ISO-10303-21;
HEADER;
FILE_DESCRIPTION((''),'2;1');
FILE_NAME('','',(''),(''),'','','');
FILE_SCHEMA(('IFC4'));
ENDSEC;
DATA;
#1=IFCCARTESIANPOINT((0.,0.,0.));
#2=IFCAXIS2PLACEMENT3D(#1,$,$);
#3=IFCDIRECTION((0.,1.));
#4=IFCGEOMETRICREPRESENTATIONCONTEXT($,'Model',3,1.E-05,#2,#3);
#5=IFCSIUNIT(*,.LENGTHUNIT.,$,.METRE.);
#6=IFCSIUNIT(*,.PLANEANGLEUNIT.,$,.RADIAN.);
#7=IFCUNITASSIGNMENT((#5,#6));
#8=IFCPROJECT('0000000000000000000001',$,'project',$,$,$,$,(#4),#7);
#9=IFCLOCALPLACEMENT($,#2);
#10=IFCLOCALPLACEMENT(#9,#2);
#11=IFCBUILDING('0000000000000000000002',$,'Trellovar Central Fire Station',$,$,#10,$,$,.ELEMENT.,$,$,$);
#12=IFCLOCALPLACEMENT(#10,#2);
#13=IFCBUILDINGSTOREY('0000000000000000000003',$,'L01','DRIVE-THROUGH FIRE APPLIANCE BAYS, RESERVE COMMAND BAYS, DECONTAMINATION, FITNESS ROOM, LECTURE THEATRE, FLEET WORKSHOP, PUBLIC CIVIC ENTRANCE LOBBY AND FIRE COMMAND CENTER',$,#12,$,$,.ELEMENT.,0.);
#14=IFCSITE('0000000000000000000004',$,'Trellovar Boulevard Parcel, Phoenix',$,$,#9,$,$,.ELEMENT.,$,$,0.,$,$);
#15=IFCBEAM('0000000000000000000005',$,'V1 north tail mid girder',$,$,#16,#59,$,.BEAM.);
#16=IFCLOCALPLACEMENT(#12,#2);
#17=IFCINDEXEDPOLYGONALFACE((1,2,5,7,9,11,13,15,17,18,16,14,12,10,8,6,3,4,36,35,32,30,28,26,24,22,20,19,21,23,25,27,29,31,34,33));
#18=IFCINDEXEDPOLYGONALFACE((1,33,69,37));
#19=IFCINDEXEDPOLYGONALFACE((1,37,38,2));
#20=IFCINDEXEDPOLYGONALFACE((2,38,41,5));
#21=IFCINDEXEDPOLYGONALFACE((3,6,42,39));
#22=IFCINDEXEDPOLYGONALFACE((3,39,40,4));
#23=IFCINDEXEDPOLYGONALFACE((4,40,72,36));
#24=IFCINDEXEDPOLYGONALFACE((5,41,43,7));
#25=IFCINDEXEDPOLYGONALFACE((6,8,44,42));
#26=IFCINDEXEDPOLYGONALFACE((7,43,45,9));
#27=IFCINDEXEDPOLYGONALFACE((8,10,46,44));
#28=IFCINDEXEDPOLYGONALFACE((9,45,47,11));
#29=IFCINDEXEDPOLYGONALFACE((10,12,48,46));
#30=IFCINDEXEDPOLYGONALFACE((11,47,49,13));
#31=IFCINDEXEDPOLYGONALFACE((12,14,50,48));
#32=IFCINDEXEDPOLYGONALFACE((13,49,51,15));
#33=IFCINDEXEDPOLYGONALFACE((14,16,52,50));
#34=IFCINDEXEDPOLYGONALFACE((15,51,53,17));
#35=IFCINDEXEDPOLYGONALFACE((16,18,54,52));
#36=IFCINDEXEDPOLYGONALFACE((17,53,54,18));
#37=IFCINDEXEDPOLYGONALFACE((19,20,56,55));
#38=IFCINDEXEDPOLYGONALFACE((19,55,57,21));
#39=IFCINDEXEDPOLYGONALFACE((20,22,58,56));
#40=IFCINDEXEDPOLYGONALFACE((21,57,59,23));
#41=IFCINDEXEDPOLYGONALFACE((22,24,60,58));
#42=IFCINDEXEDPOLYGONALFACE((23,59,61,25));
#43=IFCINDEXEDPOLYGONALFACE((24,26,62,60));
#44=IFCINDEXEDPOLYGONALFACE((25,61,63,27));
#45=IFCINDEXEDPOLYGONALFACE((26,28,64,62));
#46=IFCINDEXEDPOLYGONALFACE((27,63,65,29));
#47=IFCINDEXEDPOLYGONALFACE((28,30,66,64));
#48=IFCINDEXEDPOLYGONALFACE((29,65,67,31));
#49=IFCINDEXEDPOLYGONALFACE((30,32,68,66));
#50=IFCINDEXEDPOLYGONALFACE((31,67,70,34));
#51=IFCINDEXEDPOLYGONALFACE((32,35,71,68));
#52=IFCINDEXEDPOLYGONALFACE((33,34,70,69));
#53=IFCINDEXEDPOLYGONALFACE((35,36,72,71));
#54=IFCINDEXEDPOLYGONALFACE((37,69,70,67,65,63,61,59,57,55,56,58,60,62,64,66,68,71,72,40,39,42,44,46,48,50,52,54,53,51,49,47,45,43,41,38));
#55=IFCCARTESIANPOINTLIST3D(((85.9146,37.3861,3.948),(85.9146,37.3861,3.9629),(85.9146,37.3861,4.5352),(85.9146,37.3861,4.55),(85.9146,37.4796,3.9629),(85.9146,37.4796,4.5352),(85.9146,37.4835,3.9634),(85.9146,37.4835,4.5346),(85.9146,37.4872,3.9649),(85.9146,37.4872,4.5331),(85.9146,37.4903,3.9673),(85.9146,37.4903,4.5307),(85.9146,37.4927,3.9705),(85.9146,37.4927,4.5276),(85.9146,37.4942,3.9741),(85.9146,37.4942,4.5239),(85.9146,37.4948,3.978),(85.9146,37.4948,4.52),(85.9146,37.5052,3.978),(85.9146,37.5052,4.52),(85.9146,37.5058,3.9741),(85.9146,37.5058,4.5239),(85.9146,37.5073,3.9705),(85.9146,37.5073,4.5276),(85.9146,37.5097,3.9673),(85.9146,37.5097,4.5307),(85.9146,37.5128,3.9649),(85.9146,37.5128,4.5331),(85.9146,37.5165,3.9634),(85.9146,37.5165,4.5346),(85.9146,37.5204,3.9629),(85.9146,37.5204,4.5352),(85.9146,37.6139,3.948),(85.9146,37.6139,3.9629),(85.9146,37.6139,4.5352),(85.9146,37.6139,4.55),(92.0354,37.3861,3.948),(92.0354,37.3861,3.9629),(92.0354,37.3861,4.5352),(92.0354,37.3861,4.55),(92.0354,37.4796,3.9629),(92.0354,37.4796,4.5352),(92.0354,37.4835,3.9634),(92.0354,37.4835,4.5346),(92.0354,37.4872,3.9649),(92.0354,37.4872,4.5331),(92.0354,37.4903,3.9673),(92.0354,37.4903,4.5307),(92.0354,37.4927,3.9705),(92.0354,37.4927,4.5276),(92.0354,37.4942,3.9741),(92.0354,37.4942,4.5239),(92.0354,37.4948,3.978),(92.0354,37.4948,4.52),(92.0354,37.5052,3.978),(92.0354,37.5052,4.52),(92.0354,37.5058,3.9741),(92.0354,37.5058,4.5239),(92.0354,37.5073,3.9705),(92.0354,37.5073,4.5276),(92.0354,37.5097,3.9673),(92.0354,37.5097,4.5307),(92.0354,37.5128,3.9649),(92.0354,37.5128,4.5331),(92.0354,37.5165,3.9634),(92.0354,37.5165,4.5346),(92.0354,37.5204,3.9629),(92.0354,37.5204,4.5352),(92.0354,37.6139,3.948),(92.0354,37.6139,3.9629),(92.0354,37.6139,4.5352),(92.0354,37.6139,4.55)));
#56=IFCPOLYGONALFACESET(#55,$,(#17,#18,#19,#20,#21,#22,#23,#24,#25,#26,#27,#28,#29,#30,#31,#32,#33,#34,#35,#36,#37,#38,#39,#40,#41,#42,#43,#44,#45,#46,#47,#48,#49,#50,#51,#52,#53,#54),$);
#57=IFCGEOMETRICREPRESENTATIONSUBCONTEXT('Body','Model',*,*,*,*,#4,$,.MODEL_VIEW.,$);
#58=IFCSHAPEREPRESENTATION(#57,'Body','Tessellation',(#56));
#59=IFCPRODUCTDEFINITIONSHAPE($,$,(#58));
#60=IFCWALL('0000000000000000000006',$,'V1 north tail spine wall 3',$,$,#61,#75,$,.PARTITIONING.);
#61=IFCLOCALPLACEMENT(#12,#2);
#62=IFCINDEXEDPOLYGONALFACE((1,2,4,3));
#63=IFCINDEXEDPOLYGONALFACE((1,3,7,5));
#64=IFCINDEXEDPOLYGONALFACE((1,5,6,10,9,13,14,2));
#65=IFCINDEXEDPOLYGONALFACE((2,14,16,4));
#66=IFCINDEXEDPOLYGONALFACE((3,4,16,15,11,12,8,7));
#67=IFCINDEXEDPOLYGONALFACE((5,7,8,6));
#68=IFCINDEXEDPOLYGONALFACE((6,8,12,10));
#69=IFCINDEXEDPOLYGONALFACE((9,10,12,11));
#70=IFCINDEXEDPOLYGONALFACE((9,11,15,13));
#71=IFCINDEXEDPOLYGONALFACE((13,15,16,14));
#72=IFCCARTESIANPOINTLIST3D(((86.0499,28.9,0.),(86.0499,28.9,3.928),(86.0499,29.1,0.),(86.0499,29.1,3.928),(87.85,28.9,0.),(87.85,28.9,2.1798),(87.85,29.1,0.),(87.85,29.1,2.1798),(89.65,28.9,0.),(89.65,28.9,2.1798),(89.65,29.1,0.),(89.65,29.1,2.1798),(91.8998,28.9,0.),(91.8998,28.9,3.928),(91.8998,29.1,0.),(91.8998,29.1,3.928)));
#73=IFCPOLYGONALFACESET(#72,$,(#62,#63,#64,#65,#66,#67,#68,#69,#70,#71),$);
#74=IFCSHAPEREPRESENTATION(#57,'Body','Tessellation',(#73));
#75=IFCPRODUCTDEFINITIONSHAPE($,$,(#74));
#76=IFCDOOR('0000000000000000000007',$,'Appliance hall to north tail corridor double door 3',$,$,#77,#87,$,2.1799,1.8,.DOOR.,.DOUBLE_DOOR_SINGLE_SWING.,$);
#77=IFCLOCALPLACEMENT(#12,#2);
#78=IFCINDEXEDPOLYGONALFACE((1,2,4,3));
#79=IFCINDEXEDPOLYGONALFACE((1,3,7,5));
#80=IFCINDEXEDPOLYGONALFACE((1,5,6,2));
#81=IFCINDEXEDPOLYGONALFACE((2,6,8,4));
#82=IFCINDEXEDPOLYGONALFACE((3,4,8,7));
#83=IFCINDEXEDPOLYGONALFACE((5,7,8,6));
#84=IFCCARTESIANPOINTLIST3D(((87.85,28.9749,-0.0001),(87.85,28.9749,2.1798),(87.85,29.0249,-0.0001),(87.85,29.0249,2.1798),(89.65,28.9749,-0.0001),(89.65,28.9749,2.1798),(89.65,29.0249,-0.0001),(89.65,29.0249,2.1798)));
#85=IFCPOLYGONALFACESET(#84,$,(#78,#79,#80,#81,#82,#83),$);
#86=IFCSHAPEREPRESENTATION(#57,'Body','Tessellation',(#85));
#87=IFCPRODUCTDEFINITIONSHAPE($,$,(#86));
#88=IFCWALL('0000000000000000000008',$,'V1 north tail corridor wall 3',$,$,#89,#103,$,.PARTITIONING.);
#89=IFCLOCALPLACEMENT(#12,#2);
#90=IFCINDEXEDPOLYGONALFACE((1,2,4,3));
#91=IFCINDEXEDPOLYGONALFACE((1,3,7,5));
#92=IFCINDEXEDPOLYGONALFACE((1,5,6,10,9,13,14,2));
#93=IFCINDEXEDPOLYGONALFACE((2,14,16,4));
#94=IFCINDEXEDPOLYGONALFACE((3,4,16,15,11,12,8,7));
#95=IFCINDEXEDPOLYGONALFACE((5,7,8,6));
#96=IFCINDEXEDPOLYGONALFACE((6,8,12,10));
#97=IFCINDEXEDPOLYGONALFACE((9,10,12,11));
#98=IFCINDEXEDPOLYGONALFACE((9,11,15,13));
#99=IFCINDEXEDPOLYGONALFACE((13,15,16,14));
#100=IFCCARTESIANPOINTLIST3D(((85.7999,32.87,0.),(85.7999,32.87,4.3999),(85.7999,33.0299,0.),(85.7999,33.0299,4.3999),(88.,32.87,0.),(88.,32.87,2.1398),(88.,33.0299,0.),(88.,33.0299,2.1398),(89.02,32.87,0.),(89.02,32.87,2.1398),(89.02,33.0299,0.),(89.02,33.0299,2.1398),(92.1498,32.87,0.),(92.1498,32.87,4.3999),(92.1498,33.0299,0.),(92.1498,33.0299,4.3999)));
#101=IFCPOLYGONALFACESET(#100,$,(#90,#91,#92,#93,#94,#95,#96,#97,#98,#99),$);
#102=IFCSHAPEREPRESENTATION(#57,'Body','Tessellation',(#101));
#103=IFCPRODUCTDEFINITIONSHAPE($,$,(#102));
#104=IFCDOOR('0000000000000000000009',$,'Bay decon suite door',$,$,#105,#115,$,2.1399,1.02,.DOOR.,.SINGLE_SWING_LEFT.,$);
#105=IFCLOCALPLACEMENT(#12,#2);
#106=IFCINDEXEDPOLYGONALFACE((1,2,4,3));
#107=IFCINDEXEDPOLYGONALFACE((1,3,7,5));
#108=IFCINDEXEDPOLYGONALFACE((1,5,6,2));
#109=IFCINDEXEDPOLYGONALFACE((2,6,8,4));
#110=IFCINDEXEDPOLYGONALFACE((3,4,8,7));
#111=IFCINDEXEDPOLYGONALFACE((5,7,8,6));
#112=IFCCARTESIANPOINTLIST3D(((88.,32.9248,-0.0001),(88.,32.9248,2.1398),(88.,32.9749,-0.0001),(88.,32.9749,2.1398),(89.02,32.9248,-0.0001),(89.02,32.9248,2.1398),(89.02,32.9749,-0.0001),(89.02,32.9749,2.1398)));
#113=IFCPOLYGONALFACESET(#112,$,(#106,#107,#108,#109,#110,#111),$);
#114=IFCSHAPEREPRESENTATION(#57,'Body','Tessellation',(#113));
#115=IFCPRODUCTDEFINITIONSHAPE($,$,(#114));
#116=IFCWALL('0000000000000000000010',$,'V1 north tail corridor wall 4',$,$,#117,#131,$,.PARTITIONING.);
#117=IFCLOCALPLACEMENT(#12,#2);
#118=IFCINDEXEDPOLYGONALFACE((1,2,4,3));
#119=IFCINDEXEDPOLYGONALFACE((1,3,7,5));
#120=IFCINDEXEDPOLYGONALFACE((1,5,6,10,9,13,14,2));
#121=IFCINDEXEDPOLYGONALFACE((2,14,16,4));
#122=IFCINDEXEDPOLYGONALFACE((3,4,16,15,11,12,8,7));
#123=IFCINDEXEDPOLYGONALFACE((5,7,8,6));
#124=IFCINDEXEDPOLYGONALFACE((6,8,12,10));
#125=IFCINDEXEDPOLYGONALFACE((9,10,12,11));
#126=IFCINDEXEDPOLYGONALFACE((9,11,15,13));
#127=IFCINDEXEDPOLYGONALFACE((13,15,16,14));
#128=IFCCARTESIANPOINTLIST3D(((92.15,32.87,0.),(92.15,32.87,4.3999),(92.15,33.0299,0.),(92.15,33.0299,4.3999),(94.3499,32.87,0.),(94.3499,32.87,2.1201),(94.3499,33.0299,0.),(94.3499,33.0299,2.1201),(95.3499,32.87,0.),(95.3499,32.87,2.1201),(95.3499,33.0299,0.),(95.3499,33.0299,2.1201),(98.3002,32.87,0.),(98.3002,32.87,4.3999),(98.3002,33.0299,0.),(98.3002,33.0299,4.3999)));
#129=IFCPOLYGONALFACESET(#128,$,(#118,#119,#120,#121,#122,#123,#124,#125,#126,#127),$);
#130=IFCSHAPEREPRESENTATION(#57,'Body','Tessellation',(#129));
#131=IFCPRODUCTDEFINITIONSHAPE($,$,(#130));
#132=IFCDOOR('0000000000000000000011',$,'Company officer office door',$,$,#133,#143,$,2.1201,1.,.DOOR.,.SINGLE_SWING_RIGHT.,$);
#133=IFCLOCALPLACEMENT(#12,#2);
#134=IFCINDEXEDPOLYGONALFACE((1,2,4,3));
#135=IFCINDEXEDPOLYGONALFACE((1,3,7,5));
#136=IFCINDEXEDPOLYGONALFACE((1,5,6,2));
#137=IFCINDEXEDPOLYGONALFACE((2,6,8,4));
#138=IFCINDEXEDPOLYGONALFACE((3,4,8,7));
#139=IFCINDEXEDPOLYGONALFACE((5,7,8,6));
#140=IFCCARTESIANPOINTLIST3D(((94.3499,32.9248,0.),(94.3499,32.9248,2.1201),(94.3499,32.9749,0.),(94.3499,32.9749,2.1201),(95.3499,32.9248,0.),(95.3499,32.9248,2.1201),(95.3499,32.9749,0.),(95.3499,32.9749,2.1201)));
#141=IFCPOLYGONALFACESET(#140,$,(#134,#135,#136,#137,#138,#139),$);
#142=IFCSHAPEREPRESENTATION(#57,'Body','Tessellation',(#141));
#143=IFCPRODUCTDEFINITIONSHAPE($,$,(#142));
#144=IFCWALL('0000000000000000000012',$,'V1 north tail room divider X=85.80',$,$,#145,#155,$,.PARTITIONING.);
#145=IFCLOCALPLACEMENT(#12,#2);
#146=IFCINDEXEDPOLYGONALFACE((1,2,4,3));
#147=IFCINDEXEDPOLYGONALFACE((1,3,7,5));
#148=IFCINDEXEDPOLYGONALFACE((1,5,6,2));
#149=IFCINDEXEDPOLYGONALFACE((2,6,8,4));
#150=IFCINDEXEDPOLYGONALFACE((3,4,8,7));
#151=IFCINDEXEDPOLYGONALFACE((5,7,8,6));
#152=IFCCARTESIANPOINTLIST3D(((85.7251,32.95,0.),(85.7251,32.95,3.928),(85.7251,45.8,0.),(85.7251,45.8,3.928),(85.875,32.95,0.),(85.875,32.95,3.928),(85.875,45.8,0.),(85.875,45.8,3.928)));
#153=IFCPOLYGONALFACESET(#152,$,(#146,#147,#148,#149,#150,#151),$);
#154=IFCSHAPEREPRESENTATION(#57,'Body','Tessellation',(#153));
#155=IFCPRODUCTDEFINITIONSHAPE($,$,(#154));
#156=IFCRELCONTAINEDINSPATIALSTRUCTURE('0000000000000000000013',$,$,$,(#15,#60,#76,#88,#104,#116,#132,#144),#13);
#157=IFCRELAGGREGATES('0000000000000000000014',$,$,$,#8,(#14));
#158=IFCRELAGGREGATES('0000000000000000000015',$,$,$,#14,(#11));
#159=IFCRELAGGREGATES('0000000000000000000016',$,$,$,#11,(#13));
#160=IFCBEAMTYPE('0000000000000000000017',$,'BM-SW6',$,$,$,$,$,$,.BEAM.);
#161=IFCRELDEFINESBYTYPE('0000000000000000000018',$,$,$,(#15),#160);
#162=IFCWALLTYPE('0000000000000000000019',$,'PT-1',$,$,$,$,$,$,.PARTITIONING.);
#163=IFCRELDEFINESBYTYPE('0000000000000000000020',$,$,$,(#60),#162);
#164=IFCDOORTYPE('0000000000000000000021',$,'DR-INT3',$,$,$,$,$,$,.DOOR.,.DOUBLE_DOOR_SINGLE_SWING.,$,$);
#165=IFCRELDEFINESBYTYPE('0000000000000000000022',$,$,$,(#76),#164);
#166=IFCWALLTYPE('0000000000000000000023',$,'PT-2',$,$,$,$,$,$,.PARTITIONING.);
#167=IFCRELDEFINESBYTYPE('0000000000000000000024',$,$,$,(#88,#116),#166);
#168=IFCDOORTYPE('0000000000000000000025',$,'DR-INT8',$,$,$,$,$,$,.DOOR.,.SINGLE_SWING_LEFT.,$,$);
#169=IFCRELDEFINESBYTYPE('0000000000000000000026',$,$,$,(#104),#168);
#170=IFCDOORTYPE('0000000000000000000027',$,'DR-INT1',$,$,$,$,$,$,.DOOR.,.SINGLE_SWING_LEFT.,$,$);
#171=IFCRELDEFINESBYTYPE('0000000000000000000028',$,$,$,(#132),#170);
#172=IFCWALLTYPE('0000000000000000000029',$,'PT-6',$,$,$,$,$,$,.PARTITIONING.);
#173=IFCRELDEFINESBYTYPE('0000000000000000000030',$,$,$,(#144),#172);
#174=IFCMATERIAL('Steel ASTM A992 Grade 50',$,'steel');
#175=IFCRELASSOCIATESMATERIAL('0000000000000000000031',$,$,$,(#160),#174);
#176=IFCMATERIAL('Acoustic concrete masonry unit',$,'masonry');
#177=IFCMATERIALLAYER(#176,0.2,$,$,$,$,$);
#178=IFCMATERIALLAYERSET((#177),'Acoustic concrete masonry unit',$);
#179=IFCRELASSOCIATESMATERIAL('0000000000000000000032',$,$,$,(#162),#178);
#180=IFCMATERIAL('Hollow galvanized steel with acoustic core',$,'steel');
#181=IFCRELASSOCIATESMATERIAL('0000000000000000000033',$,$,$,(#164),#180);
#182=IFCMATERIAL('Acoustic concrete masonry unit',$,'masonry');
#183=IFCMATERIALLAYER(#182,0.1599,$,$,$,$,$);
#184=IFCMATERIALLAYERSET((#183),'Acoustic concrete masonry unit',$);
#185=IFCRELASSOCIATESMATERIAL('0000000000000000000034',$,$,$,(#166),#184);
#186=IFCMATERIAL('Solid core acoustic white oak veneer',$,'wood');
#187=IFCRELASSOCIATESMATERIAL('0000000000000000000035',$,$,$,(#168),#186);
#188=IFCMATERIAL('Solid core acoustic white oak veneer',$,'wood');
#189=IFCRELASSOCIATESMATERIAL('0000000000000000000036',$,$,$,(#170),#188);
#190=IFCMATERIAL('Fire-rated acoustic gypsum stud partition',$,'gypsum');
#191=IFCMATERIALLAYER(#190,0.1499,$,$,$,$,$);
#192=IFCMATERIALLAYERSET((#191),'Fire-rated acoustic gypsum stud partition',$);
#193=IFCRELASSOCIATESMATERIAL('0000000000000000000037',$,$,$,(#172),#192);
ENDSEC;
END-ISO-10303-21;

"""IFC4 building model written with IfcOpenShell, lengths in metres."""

from ifc_helpers import new_model, si_unit, direction, frame, frame_2d, origin, origin_2d, place, context, subcontext, project, spatial, rectangle, i_section, extrude, material, layer, layer_set, material_profile, profile_set, type_object, element, fill, save


model = new_model("IFC4")

# Units and contexts
model_context = context("Model", 3, precision=1e-05, world=origin(), true_north=direction((0.0, 1.0)))
body_context = subcontext(model_context, "Body", "Model", "MODEL_VIEW")
ifc_project = project(units=[si_unit("LENGTHUNIT", "METRE"), si_unit("PLANEANGLEUNIT", "RADIAN")], contexts=[model_context])

# Site, building, storey
site_placement = place(None, origin())
site = spatial("IfcSite", under=ifc_project, at=site_placement, Name="Trellovar Boulevard Parcel, Phoenix", CompositionType="ELEMENT", RefElevation=0.0)
building_placement = place(site_placement, origin())
building = spatial("IfcBuilding", under=site, at=building_placement, Name="Trellovar Central Fire Station", CompositionType="ELEMENT")
storey_placement = place(building_placement, origin())
storey = spatial("IfcBuildingStorey", under=building, at=storey_placement, Name="L01", Description="DRIVE-THROUGH FIRE APPLIANCE BAYS, RESERVE COMMAND BAYS, DECONTAMINATION, FITNESS ROOM, LECTURE THEATRE, FLEET WORKSHOP, PUBLIC CIVIC ENTRANCE LOBBY AND FIRE COMMAND CENTER", CompositionType="ELEMENT", Elevation=0.0)

# Beam
ifc_material_1 = material(Name="Steel ASTM A992 Grade 50", Category="steel")
ifc_material_profile_1 = material_profile(ifc_material_1, i_section(OverallWidth=0.2278, OverallDepth=0.6021, WebThickness=0.0105, FlangeThickness=0.0149, FilletRadius=0.0151, at=origin_2d()), Name="W24X68")
ifc_profile_set_1 = profile_set([ifc_material_profile_1], Name="Steel ASTM A992 Grade 50")
beam_type_1 = type_object("IfcBeamType", Name="BM-SW6", PredefinedType="BEAM", material=ifc_profile_set_1)
beam_1_placement = place(storey_placement, frame((85.9146, 37.5, 4.249), z_axis=(1.0, 0.0, 0.0), x_axis=(0.0, 1.0, 0.0)))
element("IfcBeam", 1, at=beam_1_placement, inside=storey, type_object=beam_type_1, Name="V1 north tail mid girder", PredefinedType="BEAM", context=body_context, shape_type="SweptSolid", body=[
    extrude(i_section(OverallWidth=0.2278, OverallDepth=0.6021, WebThickness=0.0105, FlangeThickness=0.0149, FilletRadius=0.0151, at=origin_2d()), origin(), (0.0, 0.0, 1.0), 6.1208),
])

# Walls, openings, doors
ifc_material_2 = material(Name="Acoustic concrete masonry unit", Category="masonry")
ifc_layer_1 = layer(ifc_material_2, 0.2)
ifc_layer_set_1 = layer_set([ifc_layer_1], Name="Acoustic concrete masonry unit")
wall_type_1 = type_object("IfcWallType", Name="PT-1", PredefinedType="PARTITIONING", material=ifc_layer_set_1)
wall_1_placement = place(storey_placement, frame((86.05, 29.0, 0.0), z_axis=(0.0, 0.0, 1.0), x_axis=(1.0, 0.0, 0.0)))
wall_1 = element("IfcWall", 2, at=wall_1_placement, inside=storey, type_object=wall_type_1, Name="V1 north tail spine wall 3", PredefinedType="PARTITIONING", context=body_context, shape_type="SweptSolid", body=[
    extrude(rectangle(XDim=5.8499, YDim=0.2, at=frame_2d((2.9248, 0.0))), origin(), (0.0, 0.0, 1.0), 3.928),
])
opening_1_placement = place(wall_1_placement, frame((1.8, 0.0, 0.0)))
opening_1 = element("IfcOpeningElement", 3, at=opening_1_placement, cuts=wall_1, PredefinedType="OPENING", context=body_context, shape_type="SweptSolid", body=[
    extrude(rectangle(XDim=1.8, YDim=2.1799, at=frame_2d((0.8999, 1.0898))), frame((0.0, 0.1099, 0.0), z_axis=(0.0, -1.0, 0.0), x_axis=(1.0, 0.0, 0.0)), (0.0, 0.0, 1.0), 0.22),
])
ifc_material_3 = material(Name="Hollow galvanized steel with acoustic core", Category="steel")
door_type_1 = type_object("IfcDoorType", Name="DR-INT3", OperationType="DOUBLE_DOOR_SINGLE_SWING", PredefinedType="DOOR", material=ifc_material_3)
door_1_placement = place(opening_1_placement, origin())
door_1 = element("IfcDoor", 4, at=door_1_placement, inside=storey, type_object=door_type_1, Name="Appliance hall to north tail corridor double door 3", OperationType="DOUBLE_DOOR_SINGLE_SWING", OverallHeight=2.1799, OverallWidth=1.8, PredefinedType="DOOR", context=body_context, shape_type="SweptSolid", body=[
    extrude(rectangle(XDim=1.8, YDim=2.1799, at=frame_2d((0.8999, 1.0898))), frame((0.0, 0.0249, 0.0), z_axis=(0.0, -1.0, 0.0), x_axis=(1.0, 0.0, 0.0)), (0.0, 0.0, 1.0), 0.05),
])
fill(opening_1, door_1)
ifc_material_4 = material(Name="Acoustic concrete masonry unit", Category="masonry")
ifc_layer_2 = layer(ifc_material_4, 0.1599)
ifc_layer_set_2 = layer_set([ifc_layer_2], Name="Acoustic concrete masonry unit")
wall_type_2 = type_object("IfcWallType", Name="PT-2", PredefinedType="PARTITIONING", material=ifc_layer_set_2)
wall_2_placement = place(storey_placement, frame((85.8, 32.95, 0.0), z_axis=(0.0, 0.0, 1.0), x_axis=(1.0, 0.0, 0.0)))
wall_2 = element("IfcWall", 5, at=wall_2_placement, inside=storey, type_object=wall_type_2, Name="V1 north tail corridor wall 3", PredefinedType="PARTITIONING", context=body_context, shape_type="SweptSolid", body=[
    extrude(rectangle(XDim=6.3499, YDim=0.1599, at=frame_2d((3.1748, 0.0))), origin(), (0.0, 0.0, 1.0), 4.3999),
])
opening_2_placement = place(wall_2_placement, frame((2.2, 0.0, 0.0)))
opening_2 = element("IfcOpeningElement", 6, at=opening_2_placement, cuts=wall_2, PredefinedType="OPENING", context=body_context, shape_type="SweptSolid", body=[
    extrude(rectangle(XDim=1.02, YDim=2.1399, at=frame_2d((0.51, 1.0698))), frame((0.0, 0.0898, 0.0), z_axis=(0.0, -1.0, 0.0), x_axis=(1.0, 0.0, 0.0)), (0.0, 0.0, 1.0), 0.1799),
])
ifc_material_5 = material(Name="Solid core acoustic white oak veneer", Category="wood")
door_type_2 = type_object("IfcDoorType", Name="DR-INT8", OperationType="SINGLE_SWING_LEFT", PredefinedType="DOOR", material=ifc_material_5)
door_2_placement = place(opening_2_placement, origin())
door_2 = element("IfcDoor", 7, at=door_2_placement, inside=storey, type_object=door_type_2, Name="Bay decon suite door", OperationType="SINGLE_SWING_LEFT", OverallHeight=2.1399, OverallWidth=1.02, PredefinedType="DOOR", context=body_context, shape_type="SweptSolid", body=[
    extrude(rectangle(XDim=1.02, YDim=2.1399, at=frame_2d((0.51, 1.0698))), frame((0.0, 0.0249, 0.0), z_axis=(0.0, -1.0, 0.0), x_axis=(1.0, 0.0, 0.0)), (0.0, 0.0, 1.0), 0.05),
])
fill(opening_2, door_2)
wall_3_placement = place(storey_placement, frame((92.1499, 32.95, 0.0), z_axis=(0.0, 0.0, 1.0), x_axis=(1.0, 0.0, 0.0)))
wall_3 = element("IfcWall", 8, at=wall_3_placement, inside=storey, type_object=wall_type_2, Name="V1 north tail corridor wall 4", PredefinedType="PARTITIONING", context=body_context, shape_type="SweptSolid", body=[
    extrude(rectangle(XDim=6.1501, YDim=0.1599, at=frame_2d((3.0752, 0.0))), origin(), (0.0, 0.0, 1.0), 4.3999),
])
opening_3_placement = place(wall_3_placement, frame((2.2, 0.0, 0.0)))
opening_3 = element("IfcOpeningElement", 9, at=opening_3_placement, cuts=wall_3, PredefinedType="OPENING", context=body_context, shape_type="SweptSolid", body=[
    extrude(rectangle(XDim=1.0, YDim=2.1201, at=frame_2d((0.5, 1.0601))), frame((0.0, 0.0898, 0.0), z_axis=(0.0, -1.0, 0.0), x_axis=(1.0, 0.0, 0.0)), (0.0, 0.0, 1.0), 0.1799),
])
ifc_material_6 = material(Name="Solid core acoustic white oak veneer", Category="wood")
door_type_3 = type_object("IfcDoorType", Name="DR-INT1", OperationType="SINGLE_SWING_LEFT", PredefinedType="DOOR", material=ifc_material_6)
door_3_placement = place(opening_3_placement, origin())
door_3 = element("IfcDoor", 10, at=door_3_placement, inside=storey, type_object=door_type_3, Name="Company officer office door", OperationType="SINGLE_SWING_RIGHT", OverallHeight=2.1201, OverallWidth=1.0, PredefinedType="DOOR", context=body_context, shape_type="SweptSolid", body=[
    extrude(rectangle(XDim=1.0, YDim=2.1201, at=frame_2d((0.5, 1.0601))), frame((0.0, 0.0249, 0.0), z_axis=(0.0, -1.0, 0.0), x_axis=(1.0, 0.0, 0.0)), (0.0, 0.0, 1.0), 0.05),
])
fill(opening_3, door_3)

# Wall
ifc_material_7 = material(Name="Fire-rated acoustic gypsum stud partition", Category="gypsum")
ifc_layer_3 = layer(ifc_material_7, 0.1499)
ifc_layer_set_3 = layer_set([ifc_layer_3], Name="Fire-rated acoustic gypsum stud partition")
wall_type_3 = type_object("IfcWallType", Name="PT-6", PredefinedType="PARTITIONING", material=ifc_layer_set_3)
wall_4_placement = place(storey_placement, frame((85.8, 32.95, 0.0), z_axis=(0.0, 0.0, 1.0), x_axis=(0.0, 1.0, 0.0)))
element("IfcWall", 11, at=wall_4_placement, inside=storey, type_object=wall_type_3, Name="V1 north tail room divider X=85.80", PredefinedType="PARTITIONING", context=body_context, shape_type="SweptSolid", body=[
    extrude(rectangle(XDim=12.8501, YDim=0.1499, at=frame_2d((6.425, 0.0))), origin(), (0.0, 0.0, 1.0), 3.928),
])

save(model, "model.ifc")
